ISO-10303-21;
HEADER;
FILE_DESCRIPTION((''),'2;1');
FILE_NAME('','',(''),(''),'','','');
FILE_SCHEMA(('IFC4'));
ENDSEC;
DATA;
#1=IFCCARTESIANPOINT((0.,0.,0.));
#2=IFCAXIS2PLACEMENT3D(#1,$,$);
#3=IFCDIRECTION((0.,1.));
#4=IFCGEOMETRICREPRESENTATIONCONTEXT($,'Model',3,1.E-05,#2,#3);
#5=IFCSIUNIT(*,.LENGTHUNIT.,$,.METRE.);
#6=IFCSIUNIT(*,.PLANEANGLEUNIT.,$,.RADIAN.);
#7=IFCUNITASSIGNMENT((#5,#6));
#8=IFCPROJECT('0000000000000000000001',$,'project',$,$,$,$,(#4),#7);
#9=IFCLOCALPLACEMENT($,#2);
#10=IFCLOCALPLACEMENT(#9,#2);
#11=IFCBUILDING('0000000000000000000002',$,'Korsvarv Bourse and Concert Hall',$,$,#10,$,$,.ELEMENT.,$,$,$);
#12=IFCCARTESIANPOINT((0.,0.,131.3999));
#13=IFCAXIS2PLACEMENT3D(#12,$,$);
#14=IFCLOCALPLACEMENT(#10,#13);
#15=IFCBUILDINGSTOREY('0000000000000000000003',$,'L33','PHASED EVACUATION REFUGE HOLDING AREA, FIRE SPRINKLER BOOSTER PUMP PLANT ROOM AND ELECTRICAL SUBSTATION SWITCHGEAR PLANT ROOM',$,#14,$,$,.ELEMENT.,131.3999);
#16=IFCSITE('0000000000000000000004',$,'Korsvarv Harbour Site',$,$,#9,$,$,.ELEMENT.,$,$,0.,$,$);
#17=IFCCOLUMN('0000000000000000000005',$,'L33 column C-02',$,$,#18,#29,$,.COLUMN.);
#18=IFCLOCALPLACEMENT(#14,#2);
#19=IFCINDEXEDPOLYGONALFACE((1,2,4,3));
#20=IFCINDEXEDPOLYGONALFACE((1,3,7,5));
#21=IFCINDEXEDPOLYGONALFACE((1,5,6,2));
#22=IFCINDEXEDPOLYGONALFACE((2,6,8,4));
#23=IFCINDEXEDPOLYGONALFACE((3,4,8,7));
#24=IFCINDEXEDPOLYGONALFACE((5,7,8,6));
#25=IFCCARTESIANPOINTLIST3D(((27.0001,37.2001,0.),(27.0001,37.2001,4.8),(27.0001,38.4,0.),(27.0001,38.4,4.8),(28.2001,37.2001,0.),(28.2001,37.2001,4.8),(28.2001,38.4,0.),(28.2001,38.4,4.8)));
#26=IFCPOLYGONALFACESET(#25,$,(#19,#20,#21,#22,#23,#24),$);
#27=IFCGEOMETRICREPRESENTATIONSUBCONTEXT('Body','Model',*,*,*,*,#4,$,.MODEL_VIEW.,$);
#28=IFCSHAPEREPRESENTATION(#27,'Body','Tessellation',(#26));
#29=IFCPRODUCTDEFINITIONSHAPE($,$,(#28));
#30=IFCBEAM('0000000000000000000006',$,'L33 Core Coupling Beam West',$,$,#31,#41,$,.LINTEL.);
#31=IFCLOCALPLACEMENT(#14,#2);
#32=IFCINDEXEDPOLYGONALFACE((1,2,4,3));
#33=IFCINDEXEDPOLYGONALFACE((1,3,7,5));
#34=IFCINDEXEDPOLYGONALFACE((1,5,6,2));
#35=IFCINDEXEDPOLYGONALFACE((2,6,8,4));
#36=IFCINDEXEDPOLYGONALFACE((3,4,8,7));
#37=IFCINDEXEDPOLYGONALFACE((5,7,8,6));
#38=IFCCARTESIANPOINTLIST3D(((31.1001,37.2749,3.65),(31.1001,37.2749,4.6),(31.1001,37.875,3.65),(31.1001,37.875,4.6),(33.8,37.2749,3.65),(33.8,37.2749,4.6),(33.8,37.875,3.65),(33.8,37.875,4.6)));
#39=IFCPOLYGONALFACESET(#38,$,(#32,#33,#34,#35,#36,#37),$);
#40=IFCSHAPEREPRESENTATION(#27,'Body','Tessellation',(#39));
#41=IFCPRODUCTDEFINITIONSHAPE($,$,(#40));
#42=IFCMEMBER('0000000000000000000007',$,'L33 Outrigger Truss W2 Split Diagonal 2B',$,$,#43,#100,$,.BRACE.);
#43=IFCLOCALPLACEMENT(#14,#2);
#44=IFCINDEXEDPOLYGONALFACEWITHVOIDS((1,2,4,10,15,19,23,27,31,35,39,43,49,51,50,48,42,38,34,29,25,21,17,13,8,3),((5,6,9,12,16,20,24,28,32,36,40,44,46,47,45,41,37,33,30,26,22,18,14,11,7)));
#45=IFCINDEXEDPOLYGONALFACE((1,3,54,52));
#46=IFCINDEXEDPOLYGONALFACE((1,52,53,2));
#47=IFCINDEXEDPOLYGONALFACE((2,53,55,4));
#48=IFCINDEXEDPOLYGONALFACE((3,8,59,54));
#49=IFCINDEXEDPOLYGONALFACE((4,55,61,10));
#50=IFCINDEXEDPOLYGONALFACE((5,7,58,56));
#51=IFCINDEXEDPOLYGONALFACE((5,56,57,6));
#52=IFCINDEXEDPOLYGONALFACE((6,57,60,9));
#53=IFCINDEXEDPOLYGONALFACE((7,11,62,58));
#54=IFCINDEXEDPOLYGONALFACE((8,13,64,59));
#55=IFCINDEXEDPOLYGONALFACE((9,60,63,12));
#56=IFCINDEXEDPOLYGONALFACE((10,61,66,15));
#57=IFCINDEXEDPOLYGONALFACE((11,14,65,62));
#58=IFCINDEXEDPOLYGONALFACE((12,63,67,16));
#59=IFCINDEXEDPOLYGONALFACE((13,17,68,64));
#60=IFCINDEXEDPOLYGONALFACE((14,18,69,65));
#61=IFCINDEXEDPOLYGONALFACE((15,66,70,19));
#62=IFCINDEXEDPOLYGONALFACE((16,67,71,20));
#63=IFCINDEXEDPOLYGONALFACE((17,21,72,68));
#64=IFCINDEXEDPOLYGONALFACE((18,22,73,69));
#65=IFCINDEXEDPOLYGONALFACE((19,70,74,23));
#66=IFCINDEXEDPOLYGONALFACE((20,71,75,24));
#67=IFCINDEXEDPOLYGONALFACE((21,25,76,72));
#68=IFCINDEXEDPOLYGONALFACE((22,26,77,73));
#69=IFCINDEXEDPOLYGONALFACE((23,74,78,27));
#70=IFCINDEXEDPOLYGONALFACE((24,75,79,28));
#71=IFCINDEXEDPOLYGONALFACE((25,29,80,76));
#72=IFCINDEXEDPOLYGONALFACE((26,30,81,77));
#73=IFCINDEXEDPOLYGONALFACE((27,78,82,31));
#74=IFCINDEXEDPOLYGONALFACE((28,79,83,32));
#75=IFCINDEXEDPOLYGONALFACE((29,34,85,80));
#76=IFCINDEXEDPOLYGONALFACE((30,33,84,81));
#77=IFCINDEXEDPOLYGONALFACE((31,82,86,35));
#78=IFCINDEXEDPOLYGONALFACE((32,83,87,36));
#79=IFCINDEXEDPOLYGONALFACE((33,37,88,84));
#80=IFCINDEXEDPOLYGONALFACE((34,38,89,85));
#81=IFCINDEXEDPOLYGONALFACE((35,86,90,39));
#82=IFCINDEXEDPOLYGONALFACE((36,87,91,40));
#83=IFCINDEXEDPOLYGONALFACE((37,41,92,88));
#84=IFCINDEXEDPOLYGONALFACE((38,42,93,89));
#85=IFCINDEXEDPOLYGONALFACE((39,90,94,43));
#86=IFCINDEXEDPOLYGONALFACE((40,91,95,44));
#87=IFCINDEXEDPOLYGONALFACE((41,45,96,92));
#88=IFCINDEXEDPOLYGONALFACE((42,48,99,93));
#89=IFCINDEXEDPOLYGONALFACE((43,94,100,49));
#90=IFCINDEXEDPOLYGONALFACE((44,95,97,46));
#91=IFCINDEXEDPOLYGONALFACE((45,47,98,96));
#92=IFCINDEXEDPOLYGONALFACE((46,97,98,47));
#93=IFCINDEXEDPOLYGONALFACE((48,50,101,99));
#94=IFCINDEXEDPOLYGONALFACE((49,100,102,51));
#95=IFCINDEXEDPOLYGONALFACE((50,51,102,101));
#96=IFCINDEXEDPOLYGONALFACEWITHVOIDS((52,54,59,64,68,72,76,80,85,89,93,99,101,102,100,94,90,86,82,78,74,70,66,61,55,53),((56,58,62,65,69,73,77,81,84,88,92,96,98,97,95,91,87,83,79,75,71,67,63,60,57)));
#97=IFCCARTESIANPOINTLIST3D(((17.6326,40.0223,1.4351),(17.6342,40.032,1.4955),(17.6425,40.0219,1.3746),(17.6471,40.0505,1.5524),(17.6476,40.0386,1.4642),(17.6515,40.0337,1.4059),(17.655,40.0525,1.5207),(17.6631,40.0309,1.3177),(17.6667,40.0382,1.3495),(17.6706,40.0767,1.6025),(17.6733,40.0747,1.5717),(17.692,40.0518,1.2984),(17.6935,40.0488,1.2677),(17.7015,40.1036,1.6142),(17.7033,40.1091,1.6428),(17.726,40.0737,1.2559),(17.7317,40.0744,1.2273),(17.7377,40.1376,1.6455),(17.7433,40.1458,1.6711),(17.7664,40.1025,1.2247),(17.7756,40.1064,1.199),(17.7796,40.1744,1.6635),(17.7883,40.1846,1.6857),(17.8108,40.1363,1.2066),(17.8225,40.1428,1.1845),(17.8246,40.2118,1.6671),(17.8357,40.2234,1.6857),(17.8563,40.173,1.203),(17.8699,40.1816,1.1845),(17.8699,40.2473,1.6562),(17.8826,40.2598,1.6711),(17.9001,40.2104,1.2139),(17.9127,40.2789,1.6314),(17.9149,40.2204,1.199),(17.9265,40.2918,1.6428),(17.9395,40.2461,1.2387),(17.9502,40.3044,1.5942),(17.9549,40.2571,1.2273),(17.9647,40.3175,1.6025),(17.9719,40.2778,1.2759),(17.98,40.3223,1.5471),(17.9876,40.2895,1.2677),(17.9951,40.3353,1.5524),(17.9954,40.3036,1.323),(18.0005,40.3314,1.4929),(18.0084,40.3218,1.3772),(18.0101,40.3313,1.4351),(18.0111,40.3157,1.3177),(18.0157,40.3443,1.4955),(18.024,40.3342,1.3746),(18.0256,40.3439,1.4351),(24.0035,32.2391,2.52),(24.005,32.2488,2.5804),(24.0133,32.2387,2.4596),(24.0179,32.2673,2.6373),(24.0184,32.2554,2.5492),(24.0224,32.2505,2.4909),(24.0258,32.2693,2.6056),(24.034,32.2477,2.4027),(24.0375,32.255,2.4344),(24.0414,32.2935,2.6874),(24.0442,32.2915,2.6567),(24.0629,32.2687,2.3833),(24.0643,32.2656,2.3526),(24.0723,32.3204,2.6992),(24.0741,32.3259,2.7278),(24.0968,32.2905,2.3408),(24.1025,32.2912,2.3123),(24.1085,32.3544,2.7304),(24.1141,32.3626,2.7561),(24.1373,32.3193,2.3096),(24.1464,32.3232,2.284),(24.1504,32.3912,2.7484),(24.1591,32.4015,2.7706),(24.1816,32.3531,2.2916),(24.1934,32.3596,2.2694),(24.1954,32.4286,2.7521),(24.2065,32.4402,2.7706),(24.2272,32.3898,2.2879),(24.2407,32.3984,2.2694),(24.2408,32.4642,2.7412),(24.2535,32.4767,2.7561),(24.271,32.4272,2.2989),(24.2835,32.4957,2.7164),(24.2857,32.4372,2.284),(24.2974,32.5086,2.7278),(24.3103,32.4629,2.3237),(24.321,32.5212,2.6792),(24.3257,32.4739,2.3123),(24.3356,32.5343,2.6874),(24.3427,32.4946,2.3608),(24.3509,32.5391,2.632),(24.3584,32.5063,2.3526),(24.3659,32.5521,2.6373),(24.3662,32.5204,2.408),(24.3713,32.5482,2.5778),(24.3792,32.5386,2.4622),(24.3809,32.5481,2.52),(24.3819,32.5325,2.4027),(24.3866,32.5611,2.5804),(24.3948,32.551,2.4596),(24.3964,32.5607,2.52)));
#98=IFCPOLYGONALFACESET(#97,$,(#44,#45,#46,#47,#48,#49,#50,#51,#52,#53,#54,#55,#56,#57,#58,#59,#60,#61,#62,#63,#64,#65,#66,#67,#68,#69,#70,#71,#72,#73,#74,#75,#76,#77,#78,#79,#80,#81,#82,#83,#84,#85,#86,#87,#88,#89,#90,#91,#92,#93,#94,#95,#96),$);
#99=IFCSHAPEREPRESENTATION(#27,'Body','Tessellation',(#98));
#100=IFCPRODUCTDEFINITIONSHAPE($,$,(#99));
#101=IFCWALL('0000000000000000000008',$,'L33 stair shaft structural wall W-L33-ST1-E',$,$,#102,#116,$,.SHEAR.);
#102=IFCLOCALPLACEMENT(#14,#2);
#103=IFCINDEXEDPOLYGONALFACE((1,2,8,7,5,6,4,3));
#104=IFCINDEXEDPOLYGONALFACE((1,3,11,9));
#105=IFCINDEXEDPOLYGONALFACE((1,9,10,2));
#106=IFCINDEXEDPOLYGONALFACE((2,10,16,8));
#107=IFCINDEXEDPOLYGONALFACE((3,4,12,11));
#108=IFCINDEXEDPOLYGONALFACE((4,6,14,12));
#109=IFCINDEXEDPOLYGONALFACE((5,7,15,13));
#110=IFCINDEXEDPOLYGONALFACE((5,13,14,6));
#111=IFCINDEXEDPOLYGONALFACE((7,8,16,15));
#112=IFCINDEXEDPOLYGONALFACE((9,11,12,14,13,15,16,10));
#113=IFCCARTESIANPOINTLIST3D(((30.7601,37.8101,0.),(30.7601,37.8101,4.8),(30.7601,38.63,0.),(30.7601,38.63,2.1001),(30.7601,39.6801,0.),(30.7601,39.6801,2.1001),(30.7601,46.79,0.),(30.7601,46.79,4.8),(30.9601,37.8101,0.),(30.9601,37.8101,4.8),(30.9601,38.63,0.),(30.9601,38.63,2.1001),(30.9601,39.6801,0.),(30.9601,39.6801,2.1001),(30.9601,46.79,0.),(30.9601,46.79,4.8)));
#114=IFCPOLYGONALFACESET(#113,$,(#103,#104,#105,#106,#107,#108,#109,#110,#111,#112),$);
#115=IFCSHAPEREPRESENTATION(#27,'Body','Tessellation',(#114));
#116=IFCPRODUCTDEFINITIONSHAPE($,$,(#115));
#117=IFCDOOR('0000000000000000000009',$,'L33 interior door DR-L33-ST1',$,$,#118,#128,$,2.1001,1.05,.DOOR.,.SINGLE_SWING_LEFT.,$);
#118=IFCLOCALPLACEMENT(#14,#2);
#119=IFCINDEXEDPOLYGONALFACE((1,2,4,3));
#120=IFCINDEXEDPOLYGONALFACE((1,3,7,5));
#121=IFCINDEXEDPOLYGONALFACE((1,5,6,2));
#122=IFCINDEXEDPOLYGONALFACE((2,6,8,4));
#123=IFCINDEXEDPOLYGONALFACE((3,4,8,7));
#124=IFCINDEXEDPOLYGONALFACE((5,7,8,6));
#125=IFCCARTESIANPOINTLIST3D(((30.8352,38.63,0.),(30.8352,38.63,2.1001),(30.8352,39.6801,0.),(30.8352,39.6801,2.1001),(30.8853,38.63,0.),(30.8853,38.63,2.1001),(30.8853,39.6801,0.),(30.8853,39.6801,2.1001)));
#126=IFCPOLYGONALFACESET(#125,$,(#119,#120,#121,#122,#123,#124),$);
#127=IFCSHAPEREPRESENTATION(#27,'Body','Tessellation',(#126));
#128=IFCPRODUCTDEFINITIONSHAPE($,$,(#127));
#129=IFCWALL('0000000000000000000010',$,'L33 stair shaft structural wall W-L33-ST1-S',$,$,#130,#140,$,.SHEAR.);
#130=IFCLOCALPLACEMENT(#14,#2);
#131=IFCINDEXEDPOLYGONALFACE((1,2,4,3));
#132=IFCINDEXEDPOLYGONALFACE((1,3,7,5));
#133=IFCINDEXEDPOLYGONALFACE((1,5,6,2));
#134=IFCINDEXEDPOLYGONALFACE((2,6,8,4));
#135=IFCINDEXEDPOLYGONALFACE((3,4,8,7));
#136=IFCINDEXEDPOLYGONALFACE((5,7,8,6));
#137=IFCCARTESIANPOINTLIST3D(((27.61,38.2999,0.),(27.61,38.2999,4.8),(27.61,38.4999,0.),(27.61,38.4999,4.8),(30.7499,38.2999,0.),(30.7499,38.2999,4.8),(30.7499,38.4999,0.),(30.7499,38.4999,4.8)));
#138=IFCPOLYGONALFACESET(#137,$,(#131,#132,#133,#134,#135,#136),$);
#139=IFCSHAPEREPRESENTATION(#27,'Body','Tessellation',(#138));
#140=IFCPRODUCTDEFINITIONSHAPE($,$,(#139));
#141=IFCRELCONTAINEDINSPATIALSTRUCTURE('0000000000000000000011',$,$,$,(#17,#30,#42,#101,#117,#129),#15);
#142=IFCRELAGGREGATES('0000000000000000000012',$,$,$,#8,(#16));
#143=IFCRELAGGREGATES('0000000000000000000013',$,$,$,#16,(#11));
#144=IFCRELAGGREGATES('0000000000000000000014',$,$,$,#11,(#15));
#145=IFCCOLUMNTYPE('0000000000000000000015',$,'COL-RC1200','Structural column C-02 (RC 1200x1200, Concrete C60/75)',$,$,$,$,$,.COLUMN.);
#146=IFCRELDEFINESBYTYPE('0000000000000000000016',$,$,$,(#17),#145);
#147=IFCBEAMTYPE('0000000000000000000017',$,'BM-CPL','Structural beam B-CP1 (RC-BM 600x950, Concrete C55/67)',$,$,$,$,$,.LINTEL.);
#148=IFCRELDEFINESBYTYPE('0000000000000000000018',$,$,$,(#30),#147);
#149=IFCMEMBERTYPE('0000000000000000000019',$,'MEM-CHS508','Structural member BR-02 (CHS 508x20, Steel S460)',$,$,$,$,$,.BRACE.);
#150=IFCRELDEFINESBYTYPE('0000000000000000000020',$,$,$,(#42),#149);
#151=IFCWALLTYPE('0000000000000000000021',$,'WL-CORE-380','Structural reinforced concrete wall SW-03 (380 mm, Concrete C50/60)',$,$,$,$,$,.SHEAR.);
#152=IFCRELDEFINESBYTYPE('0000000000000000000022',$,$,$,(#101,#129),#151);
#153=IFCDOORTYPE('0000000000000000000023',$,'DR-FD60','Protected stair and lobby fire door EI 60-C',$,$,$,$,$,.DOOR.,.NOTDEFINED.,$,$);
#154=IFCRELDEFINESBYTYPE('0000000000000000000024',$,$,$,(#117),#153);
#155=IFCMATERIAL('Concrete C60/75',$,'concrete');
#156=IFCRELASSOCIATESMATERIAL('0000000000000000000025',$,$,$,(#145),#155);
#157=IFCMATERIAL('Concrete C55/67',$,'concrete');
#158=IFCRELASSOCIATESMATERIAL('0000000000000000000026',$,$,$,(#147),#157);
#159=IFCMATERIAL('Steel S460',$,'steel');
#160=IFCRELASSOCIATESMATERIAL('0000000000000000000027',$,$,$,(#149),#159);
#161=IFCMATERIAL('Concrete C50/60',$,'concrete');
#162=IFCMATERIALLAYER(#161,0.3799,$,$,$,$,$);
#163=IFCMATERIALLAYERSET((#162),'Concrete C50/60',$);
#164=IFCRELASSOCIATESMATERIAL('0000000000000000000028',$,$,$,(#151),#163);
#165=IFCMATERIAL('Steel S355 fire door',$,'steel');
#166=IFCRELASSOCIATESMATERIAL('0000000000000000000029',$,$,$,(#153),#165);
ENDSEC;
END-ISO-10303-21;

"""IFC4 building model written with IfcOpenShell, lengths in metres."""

from ifc_helpers import new_model, si_unit, direction, frame, frame_2d, origin, origin_2d, place, context, subcontext, project, spatial, rectangle, hollow_circle, extrude, source, transform, mapped, material, layer, layer_set, material_profile, profile_set, type_object, element, fill, save


model = new_model("IFC4")

# Units and contexts
model_context = context("Model", 3, precision=1e-05, world=origin(), true_north=direction((0.0, 1.0)))
body_context = subcontext(model_context, "Body", "Model", "MODEL_VIEW")
ifc_project = project(units=[si_unit("LENGTHUNIT", "METRE"), si_unit("PLANEANGLEUNIT", "RADIAN")], contexts=[model_context])

# Site, building, storey
site_placement = place(None, origin())
site = spatial("IfcSite", under=ifc_project, at=site_placement, Name="Korsvarv Harbour Site", CompositionType="ELEMENT", RefElevation=0.0)
building_placement = place(site_placement, origin())
building = spatial("IfcBuilding", under=site, at=building_placement, Name="Korsvarv Bourse and Concert Hall", CompositionType="ELEMENT")
storey_placement = place(building_placement, frame((0.0, 0.0, 131.3999)))
storey = spatial("IfcBuildingStorey", under=building, at=storey_placement, Name="L33", Description="PHASED EVACUATION REFUGE HOLDING AREA, FIRE SPRINKLER BOOSTER PUMP PLANT ROOM AND ELECTRICAL SUBSTATION SWITCHGEAR PLANT ROOM", CompositionType="ELEMENT", Elevation=131.3999)

# Column
ifc_material_1 = material(Name="Concrete C60/75", Category="concrete")
ifc_material_profile_1 = material_profile(ifc_material_1, rectangle(XDim=1.2, YDim=1.2, at=origin_2d()), Name="RC 1200x1200")
ifc_profile_set_1 = profile_set([ifc_material_profile_1], Name="Concrete C60/75")
column_type = type_object("IfcColumnType", Name="COL-RC1200", Description="Structural column C-02 (RC 1200x1200, Concrete C60/75)", PredefinedType="COLUMN", material=ifc_profile_set_1)
shared_shape_1 = source(origin(), body_context, "Body", "SweptSolid", [
    extrude(rectangle(XDim=1.2, YDim=1.2, at=origin_2d()), origin(), (0.0, 0.0, 1.0), 4.8),
])
column_placement = place(storey_placement, frame((27.6001, 37.8, 0.0), z_axis=(0.0, 0.0, 1.0), x_axis=(1.0, 0.0, 0.0)))
element("IfcColumn", 1, at=column_placement, inside=storey, type_object=column_type, Name="L33 column C-02", PredefinedType="COLUMN", context=body_context, shape_type="MappedRepresentation", body=[
    mapped(shared_shape_1, transform((0.0, 0.0, 0.0), scale=1.0)),
])

# Beam
ifc_material_2 = material(Name="Concrete C55/67", Category="concrete")
ifc_material_profile_2 = material_profile(ifc_material_2, rectangle(XDim=0.6001, YDim=0.95, at=origin_2d()), Name="RC-BM 600x950")
ifc_profile_set_2 = profile_set([ifc_material_profile_2], Name="Concrete C55/67")
beam_type = type_object("IfcBeamType", Name="BM-CPL", Description="Structural beam B-CP1 (RC-BM 600x950, Concrete C55/67)", PredefinedType="LINTEL", material=ifc_profile_set_2)
shared_shape_2 = source(origin(), body_context, "Body", "SweptSolid", [
    extrude(rectangle(XDim=0.6001, YDim=0.95, at=origin_2d()), origin(), (0.0, 0.0, 1.0), 2.7),
])
beam_placement = place(storey_placement, frame((31.1001, 37.575, 4.125), z_axis=(1.0, 0.0, 0.0), x_axis=(0.0, 1.0, 0.0)))
element("IfcBeam", 2, at=beam_placement, inside=storey, type_object=beam_type, Name="L33 Core Coupling Beam West", PredefinedType="LINTEL", context=body_context, shape_type="MappedRepresentation", body=[
    mapped(shared_shape_2, transform((0.0, 0.0, 0.0), scale=1.0)),
])

# Member
ifc_material_3 = material(Name="Steel S460", Category="steel")
ifc_material_profile_3 = material_profile(ifc_material_3, hollow_circle(Radius=0.2539, WallThickness=0.02, at=origin_2d()), Name="CHS 508x20")
ifc_profile_set_3 = profile_set([ifc_material_profile_3], Name="Steel S460")
member_type = type_object("IfcMemberType", Name="MEM-CHS508", Description="Structural member BR-02 (CHS 508x20, Steel S460)", PredefinedType="BRACE", material=ifc_profile_set_3)
shared_shape_3 = source(origin(), body_context, "Body", "SweptSolid", [
    extrude(hollow_circle(Radius=0.2539, WallThickness=0.02, at=origin_2d()), origin(), (0.0, 0.0, 1.0), 10.1165),
])
member_placement = place(storey_placement, frame((17.8291, 40.1831, 1.4351), z_axis=(0.62975, -0.769359, 0.107247), x_axis=(0.773822, 0.633403, 0.0)))
element("IfcMember", 3, at=member_placement, inside=storey, type_object=member_type, Name="L33 Outrigger Truss W2 Split Diagonal 2B", PredefinedType="BRACE", context=body_context, shape_type="MappedRepresentation", body=[
    mapped(shared_shape_3, transform((0.0, 0.0, 0.0), scale=1.0)),
])

# Wall, opening, door
ifc_material_4 = material(Name="Concrete C50/60", Category="concrete")
ifc_layer_1 = layer(ifc_material_4, 0.3799)
ifc_layer_set_1 = layer_set([ifc_layer_1], Name="Concrete C50/60")
wall_type_1 = type_object("IfcWallType", Name="WL-CORE-380", Description="Structural reinforced concrete wall SW-03 (380 mm, Concrete C50/60)", PredefinedType="SHEAR", material=ifc_layer_set_1)
wall_1_placement = place(storey_placement, frame((30.8601, 37.8101, 0.0), z_axis=(0.0, 0.0, 1.0), x_axis=(0.0, 1.0, 0.0)))
wall_1 = element("IfcWall", 4, at=wall_1_placement, inside=storey, type_object=wall_type_1, Name="L33 stair shaft structural wall W-L33-ST1-E", PredefinedType="SHEAR", context=body_context, shape_type="SweptSolid", body=[
    extrude(rectangle(XDim=8.98, YDim=0.2, at=frame_2d((4.49, 0.0))), origin(), (0.0, 0.0, 1.0), 4.8),
])
opening_1_placement = place(wall_1_placement, frame((0.8201, 0.0, 0.0)))
opening_1 = element("IfcOpeningElement", 5, at=opening_1_placement, cuts=wall_1, PredefinedType="OPENING", context=body_context, shape_type="SweptSolid", body=[
    extrude(rectangle(XDim=1.05, YDim=2.1001, at=frame_2d((0.5249, 1.05))), frame((0.0, 0.1099, 0.0), z_axis=(0.0, -1.0, 0.0), x_axis=(1.0, 0.0, 0.0)), (0.0, 0.0, 1.0), 0.22),
])
ifc_material_5 = material(Name="Steel S355 fire door", Category="steel")
door_type_1 = type_object("IfcDoorType", Name="DR-FD60", Description="Protected stair and lobby fire door EI 60-C", OperationType="NOTDEFINED", PredefinedType="DOOR", material=ifc_material_5)
door_1_placement = place(opening_1_placement, origin())
door_1 = element("IfcDoor", 6, at=door_1_placement, inside=storey, type_object=door_type_1, Name="L33 interior door DR-L33-ST1", OperationType="SINGLE_SWING_LEFT", OverallHeight=2.1001, OverallWidth=1.05, PredefinedType="DOOR", context=body_context, shape_type="SweptSolid", body=[
    extrude(rectangle(XDim=1.05, YDim=2.1001, at=frame_2d((0.5249, 1.05))), frame((0.0, 0.0249, 0.0), z_axis=(0.0, -1.0, 0.0), x_axis=(1.0, 0.0, 0.0)), (0.0, 0.0, 1.0), 0.05),
])
fill(opening_1, door_1)

# Wall
wall_2_placement = place(storey_placement, frame((27.6101, 38.3999, 0.0), z_axis=(0.0, 0.0, 1.0), x_axis=(1.0, 0.0, 0.0)))
element("IfcWall", 7, at=wall_2_placement, inside=storey, type_object=wall_type_1, Name="L33 stair shaft structural wall W-L33-ST1-S", PredefinedType="SHEAR", context=body_context, shape_type="SweptSolid", body=[
    extrude(rectangle(XDim=3.1399, YDim=0.2, at=frame_2d((1.5698, 0.0))), origin(), (0.0, 0.0, 1.0), 4.8),
])

save(model, "model.ifc")
